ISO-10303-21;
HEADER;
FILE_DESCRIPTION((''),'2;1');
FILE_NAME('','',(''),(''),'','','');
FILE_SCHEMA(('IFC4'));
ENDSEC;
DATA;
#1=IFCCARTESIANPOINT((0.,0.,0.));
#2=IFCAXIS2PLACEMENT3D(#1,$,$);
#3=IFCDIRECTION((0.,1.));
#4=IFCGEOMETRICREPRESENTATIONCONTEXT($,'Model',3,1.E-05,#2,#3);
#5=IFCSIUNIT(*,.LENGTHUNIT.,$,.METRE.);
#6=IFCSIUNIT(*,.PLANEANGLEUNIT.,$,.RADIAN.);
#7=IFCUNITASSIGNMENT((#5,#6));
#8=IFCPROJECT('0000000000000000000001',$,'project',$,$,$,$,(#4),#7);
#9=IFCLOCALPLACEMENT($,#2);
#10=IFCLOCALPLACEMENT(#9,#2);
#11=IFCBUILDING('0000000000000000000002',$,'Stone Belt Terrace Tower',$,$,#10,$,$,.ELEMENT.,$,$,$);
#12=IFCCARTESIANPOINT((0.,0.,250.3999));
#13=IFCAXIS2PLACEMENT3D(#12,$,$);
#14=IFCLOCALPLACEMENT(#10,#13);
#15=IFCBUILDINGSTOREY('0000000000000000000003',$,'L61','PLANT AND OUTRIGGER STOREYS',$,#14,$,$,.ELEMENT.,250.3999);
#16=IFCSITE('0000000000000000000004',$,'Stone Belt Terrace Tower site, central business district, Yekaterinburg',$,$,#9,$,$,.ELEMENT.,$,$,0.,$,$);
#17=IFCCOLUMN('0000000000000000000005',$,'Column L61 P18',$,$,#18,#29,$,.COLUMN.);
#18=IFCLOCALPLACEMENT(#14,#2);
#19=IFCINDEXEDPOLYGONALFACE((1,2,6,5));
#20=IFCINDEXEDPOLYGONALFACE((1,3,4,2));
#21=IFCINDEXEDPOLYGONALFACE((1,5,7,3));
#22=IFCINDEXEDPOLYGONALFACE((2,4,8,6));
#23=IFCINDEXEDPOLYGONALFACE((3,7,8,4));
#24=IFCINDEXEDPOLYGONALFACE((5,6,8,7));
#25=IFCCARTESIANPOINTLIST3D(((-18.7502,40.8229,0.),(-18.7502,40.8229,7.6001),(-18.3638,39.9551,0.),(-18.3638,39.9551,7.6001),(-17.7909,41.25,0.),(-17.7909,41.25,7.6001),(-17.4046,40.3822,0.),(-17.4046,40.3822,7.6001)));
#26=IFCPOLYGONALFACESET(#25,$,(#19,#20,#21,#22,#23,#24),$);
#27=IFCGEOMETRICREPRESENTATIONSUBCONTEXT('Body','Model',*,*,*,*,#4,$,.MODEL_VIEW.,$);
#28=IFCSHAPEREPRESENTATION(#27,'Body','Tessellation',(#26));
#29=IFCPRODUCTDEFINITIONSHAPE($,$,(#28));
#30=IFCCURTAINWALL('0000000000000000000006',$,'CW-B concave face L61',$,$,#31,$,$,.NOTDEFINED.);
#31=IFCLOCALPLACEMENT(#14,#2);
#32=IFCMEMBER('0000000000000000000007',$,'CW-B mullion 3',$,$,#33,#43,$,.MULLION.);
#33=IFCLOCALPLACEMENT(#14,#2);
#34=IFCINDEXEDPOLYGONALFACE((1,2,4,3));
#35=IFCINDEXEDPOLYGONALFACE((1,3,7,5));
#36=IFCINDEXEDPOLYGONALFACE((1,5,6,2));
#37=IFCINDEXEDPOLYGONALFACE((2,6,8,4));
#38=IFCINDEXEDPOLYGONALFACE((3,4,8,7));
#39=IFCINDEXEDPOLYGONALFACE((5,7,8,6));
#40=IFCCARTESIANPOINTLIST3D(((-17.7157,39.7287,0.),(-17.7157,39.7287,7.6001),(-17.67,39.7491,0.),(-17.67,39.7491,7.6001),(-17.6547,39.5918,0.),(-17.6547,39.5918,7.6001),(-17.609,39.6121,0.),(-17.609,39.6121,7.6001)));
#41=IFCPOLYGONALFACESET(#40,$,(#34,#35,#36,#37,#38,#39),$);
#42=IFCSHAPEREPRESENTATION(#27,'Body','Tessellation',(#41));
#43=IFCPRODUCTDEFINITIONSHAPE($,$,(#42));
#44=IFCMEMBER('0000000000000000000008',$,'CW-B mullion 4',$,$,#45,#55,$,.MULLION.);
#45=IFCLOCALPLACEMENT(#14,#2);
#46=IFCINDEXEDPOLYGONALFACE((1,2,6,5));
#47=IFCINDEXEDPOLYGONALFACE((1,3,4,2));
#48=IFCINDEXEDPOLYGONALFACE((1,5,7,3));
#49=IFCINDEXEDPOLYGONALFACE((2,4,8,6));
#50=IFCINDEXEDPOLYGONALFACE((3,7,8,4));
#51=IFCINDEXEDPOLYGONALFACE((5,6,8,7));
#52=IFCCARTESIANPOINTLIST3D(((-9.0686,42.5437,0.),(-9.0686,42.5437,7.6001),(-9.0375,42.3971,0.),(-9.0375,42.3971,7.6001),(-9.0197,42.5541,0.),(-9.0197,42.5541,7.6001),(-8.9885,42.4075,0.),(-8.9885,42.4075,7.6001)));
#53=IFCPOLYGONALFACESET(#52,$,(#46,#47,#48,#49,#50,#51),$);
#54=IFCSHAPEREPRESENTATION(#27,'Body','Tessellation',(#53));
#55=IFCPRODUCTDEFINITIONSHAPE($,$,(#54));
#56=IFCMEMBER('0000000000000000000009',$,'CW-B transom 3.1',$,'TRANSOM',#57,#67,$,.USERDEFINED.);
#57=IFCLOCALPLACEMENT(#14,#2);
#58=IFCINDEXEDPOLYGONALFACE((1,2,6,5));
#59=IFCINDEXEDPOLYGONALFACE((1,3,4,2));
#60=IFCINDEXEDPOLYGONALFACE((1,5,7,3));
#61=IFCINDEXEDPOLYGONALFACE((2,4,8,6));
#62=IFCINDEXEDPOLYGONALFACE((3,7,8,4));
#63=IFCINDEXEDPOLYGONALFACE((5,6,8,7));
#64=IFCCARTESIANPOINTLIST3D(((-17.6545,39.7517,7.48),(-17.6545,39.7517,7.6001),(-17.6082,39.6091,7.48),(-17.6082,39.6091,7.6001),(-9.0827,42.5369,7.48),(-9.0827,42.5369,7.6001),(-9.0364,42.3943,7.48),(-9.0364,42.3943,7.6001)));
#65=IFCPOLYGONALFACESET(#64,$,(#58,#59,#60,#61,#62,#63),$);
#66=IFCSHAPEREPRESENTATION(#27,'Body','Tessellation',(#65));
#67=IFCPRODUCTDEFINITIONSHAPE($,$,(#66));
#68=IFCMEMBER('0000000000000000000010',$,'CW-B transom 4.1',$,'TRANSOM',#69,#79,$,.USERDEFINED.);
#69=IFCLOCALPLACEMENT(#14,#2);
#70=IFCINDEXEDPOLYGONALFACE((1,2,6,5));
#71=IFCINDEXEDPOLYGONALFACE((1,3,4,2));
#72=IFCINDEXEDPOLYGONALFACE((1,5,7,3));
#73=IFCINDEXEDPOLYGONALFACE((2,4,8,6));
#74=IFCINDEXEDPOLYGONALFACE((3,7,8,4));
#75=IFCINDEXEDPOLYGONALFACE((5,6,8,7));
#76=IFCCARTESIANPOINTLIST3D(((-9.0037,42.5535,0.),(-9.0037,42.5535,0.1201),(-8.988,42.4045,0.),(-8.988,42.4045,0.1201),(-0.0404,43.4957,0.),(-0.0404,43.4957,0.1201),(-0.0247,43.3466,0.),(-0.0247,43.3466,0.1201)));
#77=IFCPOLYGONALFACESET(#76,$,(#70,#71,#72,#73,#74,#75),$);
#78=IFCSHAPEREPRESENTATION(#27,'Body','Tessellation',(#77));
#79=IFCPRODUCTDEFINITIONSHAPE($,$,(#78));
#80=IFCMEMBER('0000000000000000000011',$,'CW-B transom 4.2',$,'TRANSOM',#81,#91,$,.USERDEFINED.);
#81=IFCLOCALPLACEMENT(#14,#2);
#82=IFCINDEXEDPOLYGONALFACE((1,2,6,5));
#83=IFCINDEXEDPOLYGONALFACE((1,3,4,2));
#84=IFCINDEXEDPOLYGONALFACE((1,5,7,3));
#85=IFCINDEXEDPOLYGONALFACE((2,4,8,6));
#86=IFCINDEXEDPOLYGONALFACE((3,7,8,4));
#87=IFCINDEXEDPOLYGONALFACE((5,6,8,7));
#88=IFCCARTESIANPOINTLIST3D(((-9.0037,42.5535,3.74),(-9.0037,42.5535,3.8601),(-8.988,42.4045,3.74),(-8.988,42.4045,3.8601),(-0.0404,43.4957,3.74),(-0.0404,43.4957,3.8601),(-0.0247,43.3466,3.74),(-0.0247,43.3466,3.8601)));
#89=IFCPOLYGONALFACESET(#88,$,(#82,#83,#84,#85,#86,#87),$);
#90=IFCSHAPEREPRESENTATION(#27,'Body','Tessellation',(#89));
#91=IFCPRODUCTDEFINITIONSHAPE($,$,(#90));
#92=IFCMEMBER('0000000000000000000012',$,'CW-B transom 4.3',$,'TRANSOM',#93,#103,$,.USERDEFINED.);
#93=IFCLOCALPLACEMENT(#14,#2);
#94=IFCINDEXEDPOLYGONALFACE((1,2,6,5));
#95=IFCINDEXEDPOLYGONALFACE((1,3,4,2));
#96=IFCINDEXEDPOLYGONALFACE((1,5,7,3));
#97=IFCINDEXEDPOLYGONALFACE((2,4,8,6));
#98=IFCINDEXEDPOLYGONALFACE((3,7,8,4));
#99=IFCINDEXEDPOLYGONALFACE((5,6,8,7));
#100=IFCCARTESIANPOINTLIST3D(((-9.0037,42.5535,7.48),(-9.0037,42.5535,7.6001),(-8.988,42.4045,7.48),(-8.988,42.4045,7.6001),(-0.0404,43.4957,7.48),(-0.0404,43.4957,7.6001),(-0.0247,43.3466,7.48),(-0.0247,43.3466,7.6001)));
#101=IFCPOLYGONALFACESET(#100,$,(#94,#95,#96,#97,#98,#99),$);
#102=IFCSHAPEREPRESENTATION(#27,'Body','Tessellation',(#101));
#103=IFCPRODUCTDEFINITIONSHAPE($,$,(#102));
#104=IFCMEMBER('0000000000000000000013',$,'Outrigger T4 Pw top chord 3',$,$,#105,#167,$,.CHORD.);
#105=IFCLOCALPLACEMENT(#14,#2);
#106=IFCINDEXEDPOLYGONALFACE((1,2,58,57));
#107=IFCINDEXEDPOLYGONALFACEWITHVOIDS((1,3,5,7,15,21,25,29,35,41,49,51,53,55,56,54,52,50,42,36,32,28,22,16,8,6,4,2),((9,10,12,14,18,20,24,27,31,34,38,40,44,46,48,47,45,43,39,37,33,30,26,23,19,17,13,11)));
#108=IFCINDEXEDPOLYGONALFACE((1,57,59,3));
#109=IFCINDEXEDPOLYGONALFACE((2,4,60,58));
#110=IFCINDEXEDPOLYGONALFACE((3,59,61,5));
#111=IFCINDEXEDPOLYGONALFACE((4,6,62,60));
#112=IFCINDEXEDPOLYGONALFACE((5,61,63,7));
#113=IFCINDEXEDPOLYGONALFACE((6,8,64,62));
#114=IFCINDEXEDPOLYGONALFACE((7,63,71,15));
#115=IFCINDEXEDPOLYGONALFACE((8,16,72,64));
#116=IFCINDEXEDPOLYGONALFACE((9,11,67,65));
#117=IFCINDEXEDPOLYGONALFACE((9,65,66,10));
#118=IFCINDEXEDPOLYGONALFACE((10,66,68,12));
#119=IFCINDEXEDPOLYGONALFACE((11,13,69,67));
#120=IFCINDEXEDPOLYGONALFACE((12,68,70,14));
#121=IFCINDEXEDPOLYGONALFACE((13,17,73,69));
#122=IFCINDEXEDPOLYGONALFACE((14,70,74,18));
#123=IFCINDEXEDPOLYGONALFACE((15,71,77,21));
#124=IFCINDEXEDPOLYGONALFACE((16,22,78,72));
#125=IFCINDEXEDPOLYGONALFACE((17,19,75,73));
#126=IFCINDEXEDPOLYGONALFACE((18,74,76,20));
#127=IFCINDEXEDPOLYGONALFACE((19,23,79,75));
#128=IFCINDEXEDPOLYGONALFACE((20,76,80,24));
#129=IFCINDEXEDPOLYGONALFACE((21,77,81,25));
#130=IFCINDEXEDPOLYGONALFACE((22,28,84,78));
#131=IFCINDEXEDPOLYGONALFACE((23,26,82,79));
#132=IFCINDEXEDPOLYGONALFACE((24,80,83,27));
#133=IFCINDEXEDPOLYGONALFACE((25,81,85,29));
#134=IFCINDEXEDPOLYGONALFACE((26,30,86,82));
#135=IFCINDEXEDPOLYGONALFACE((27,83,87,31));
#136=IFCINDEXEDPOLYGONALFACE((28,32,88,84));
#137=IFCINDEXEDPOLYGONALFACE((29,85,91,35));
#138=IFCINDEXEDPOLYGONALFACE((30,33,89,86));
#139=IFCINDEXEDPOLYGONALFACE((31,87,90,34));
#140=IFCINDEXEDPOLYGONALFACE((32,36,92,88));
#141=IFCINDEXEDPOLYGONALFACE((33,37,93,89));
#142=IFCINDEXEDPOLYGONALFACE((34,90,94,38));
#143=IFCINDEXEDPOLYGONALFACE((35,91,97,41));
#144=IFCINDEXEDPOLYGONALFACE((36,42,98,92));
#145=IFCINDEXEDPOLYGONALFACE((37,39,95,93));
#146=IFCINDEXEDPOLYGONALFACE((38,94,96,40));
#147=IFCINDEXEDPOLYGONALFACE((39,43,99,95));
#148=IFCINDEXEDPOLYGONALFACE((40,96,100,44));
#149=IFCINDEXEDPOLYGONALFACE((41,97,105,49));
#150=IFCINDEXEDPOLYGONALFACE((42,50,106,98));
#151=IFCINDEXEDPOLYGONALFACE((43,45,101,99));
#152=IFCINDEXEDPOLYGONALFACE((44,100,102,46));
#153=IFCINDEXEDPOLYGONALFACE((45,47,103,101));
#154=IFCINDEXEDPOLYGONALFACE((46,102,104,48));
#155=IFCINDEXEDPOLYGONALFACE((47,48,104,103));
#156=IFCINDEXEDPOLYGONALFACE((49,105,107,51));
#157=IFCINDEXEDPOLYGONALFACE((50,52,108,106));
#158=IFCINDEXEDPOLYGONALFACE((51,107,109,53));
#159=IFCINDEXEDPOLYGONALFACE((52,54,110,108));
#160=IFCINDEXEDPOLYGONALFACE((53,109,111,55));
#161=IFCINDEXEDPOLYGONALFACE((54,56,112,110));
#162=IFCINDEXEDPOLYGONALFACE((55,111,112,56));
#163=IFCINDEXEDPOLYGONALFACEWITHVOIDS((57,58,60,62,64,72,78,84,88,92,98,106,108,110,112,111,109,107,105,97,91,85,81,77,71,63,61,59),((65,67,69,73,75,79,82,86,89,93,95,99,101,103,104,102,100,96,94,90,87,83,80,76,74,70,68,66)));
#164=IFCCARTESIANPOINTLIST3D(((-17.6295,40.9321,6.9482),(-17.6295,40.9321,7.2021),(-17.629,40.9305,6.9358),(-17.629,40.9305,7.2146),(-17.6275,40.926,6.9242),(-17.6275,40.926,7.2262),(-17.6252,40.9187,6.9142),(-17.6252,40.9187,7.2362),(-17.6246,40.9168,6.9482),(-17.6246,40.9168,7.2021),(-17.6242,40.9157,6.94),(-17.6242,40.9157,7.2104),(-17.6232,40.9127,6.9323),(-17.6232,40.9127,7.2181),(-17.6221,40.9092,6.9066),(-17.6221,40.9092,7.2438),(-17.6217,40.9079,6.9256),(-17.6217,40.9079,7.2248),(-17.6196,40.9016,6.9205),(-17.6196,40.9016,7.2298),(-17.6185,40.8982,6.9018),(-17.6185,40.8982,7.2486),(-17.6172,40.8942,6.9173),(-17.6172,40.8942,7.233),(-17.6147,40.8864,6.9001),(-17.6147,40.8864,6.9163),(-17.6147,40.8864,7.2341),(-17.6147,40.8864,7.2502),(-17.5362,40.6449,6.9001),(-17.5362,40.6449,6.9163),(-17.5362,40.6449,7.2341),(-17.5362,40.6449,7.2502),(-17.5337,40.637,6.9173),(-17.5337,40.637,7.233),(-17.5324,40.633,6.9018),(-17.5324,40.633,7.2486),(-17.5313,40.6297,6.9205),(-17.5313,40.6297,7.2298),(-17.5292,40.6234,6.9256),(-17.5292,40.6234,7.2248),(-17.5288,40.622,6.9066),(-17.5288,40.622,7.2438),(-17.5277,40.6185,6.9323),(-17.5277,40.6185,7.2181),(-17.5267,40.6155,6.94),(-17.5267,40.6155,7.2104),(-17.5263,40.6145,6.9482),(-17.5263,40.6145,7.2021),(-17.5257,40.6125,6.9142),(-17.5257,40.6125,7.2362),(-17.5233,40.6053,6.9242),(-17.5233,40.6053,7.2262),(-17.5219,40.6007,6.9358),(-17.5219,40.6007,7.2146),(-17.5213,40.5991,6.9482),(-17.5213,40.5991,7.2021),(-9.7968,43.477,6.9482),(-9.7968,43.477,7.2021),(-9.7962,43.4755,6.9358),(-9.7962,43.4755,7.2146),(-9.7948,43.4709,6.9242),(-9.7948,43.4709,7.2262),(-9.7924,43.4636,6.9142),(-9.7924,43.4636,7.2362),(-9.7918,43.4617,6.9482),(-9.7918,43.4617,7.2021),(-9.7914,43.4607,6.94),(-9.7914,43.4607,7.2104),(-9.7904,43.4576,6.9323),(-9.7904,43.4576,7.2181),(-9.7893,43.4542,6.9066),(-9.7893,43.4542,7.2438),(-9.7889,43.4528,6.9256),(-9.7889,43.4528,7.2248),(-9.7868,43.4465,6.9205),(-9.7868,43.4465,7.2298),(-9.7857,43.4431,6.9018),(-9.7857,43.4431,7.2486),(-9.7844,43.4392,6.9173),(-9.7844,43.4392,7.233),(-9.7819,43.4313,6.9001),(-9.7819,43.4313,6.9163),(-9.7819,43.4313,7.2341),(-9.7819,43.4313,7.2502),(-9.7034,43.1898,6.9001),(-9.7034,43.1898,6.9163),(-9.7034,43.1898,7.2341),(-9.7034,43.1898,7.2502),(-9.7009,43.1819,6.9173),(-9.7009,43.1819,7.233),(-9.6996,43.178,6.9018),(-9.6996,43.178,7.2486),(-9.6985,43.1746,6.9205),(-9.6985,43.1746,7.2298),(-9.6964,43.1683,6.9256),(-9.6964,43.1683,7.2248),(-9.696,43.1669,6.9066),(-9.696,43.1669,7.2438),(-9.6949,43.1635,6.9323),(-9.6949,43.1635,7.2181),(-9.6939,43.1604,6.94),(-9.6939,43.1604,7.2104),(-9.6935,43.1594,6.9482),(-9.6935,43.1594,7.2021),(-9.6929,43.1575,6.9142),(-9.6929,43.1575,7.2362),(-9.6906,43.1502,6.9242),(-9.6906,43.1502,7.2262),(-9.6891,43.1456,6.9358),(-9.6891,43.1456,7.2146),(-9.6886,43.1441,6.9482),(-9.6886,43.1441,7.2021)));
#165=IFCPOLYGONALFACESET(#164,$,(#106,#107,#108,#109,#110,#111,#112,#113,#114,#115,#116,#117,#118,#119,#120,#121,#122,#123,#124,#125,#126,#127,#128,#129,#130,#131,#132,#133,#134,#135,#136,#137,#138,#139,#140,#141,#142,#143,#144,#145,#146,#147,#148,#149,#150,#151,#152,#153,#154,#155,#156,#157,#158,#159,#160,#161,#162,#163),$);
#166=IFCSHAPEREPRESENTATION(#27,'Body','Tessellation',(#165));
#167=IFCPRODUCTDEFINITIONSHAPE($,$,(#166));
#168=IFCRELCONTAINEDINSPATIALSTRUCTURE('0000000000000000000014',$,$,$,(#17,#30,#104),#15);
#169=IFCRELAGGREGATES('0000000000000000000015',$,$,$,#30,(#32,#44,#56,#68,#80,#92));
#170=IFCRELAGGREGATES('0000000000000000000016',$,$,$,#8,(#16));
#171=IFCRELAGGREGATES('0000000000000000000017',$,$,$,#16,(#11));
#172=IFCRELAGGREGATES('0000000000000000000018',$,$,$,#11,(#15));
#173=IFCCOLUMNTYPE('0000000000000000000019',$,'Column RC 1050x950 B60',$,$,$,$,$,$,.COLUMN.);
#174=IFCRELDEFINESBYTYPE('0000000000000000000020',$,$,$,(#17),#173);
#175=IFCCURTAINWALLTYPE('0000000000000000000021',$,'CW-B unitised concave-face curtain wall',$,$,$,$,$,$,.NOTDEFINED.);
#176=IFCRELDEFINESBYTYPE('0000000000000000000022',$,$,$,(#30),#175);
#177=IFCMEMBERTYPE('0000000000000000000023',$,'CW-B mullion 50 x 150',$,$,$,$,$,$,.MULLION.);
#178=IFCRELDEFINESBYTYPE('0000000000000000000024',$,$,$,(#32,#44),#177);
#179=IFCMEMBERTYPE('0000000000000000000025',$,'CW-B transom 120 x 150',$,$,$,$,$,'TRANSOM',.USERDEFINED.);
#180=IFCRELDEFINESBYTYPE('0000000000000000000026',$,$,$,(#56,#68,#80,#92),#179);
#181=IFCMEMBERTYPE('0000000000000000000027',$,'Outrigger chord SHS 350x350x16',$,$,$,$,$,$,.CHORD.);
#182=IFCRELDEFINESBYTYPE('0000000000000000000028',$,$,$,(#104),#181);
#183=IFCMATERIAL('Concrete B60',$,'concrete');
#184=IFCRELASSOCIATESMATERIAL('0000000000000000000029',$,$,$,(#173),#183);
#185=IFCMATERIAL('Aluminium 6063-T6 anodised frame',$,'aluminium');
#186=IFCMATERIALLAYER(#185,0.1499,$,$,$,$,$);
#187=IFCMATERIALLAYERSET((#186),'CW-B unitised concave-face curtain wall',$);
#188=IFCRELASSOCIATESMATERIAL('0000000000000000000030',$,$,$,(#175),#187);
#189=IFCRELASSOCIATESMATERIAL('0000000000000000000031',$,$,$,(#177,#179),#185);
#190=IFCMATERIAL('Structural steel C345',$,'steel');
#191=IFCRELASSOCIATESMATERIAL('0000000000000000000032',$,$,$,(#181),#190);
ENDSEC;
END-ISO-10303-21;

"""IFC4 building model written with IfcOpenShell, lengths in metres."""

from ifc_helpers import new_model, si_unit, direction, frame, origin, origin_2d, place, context, subcontext, project, spatial, rectangle, hollow_rectangle, extrude, material, layer, layer_set, material_profile, profile_set, type_object, element, aggregate, save


model = new_model("IFC4")

# Units and contexts
model_context = context("Model", 3, precision=1e-05, world=origin(), true_north=direction((0.0, 1.0)))
body_context = subcontext(model_context, "Body", "Model", "MODEL_VIEW")
ifc_project = project(units=[si_unit("LENGTHUNIT", "METRE"), si_unit("PLANEANGLEUNIT", "RADIAN")], contexts=[model_context])

# Site, building, storey
site_placement = place(None, origin())
site = spatial("IfcSite", under=ifc_project, at=site_placement, Name="Stone Belt Terrace Tower site, central business district, Yekaterinburg", CompositionType="ELEMENT", RefElevation=0.0)
building_placement = place(site_placement, origin())
building = spatial("IfcBuilding", under=site, at=building_placement, Name="Stone Belt Terrace Tower", CompositionType="ELEMENT")
storey_placement = place(building_placement, frame((0.0, 0.0, 250.3999)))
storey = spatial("IfcBuildingStorey", under=building, at=storey_placement, Name="L61", Description="PLANT AND OUTRIGGER STOREYS", CompositionType="ELEMENT", Elevation=250.3999)

# Column
ifc_material_1 = material(Name="Concrete B60", Category="concrete")
ifc_material_profile_1 = material_profile(ifc_material_1, rectangle(XDim=1.05, YDim=0.95, at=origin_2d()), Name="RC 1050x950")
ifc_profile_set_1 = profile_set([ifc_material_profile_1], Name="Concrete B60")
column_type = type_object("IfcColumnType", Name="Column RC 1050x950 B60", PredefinedType="COLUMN", material=ifc_profile_set_1)
column_placement = place(storey_placement, frame((-18.0774, 40.6025, 0.0), z_axis=(0.0, 0.0, 1.0), x_axis=(0.913545, 0.406737, 0.0)))
element("IfcColumn", 1, at=column_placement, inside=storey, type_object=column_type, Name="Column L61 P18", PredefinedType="COLUMN", context=body_context, shape_type="SweptSolid", body=[
    extrude(rectangle(XDim=1.05, YDim=0.95, at=origin_2d()), origin(), (0.0, 0.0, 1.0), 7.6001),
])

# Curtain wall, members
ifc_material_2 = material(Name="Aluminium 6063-T6 anodised frame", Category="aluminium")
ifc_layer_1 = layer(ifc_material_2, 0.1499)
ifc_layer_set_1 = layer_set([ifc_layer_1], Name="CW-B unitised concave-face curtain wall")
curtain_wall_type = type_object("IfcCurtainWallType", Name="CW-B unitised concave-face curtain wall", PredefinedType="NOTDEFINED", material=ifc_layer_set_1)
curtain_wall_placement = place(storey_placement, origin())
curtain_wall = element("IfcCurtainWall", 2, at=curtain_wall_placement, inside=storey, type_object=curtain_wall_type, Name="CW-B concave face L61", PredefinedType="NOTDEFINED")
ifc_material_profile_2 = material_profile(ifc_material_2, rectangle(XDim=0.1499, YDim=0.05, at=origin_2d()), Name="Aluminium 6063-T6 50x150")
ifc_profile_set_2 = profile_set([ifc_material_profile_2], Name="Aluminium 6063-T6 anodised frame")
member_type_1 = type_object("IfcMemberType", Name="CW-B mullion 50 x 150", PredefinedType="MULLION", material=ifc_profile_set_2)
member_1_placement = place(storey_placement, frame((-17.6624, 39.6704, 0.0), z_axis=(0.0, 0.0, 1.0), x_axis=(-0.406737, 0.913545, 0.0)))
member_1 = element("IfcMember", 3, at=member_1_placement, type_object=member_type_1, Name="CW-B mullion 3", PredefinedType="MULLION", context=body_context, shape_type="SweptSolid", body=[
    extrude(rectangle(XDim=0.1499, YDim=0.05, at=origin_2d()), origin(), (0.0, 0.0, 1.0), 7.6001),
])
member_2_placement = place(storey_placement, frame((-9.0286, 42.4756, 0.0), z_axis=(0.0, 0.0, 1.0), x_axis=(-0.207912, 0.978148, 0.0)))
member_2 = element("IfcMember", 4, at=member_2_placement, type_object=member_type_1, Name="CW-B mullion 4", PredefinedType="MULLION", context=body_context, shape_type="SweptSolid", body=[
    extrude(rectangle(XDim=0.1499, YDim=0.05, at=origin_2d()), origin(), (0.0, 0.0, 1.0), 7.6001),
])
ifc_material_profile_3 = material_profile(ifc_material_2, rectangle(XDim=0.1499, YDim=0.1201, at=origin_2d()), Name="Aluminium 6063-T6 150x120")
ifc_profile_set_3 = profile_set([ifc_material_profile_3], Name="Aluminium 6063-T6 anodised frame")
member_type_2 = type_object("IfcMemberType", Name="CW-B transom 120 x 150", ElementType="TRANSOM", PredefinedType="USERDEFINED", material=ifc_profile_set_3)
member_3_placement = place(storey_placement, frame((-17.6313, 39.6804, 7.54), z_axis=(0.951056, 0.309019, 0.0), x_axis=(-0.309019, 0.951056, 0.0)))
member_3 = element("IfcMember", 5, at=member_3_placement, type_object=member_type_2, Name="CW-B transom 3.1", ObjectType="TRANSOM", PredefinedType="USERDEFINED", context=body_context, shape_type="SweptSolid", body=[
    extrude(rectangle(XDim=0.1499, YDim=0.1201, at=origin_2d()), origin(), (0.0, 0.0, 1.0), 9.0129),
])
member_4_placement = place(storey_placement, frame((-8.9958, 42.479, 0.0601), z_axis=(0.994521, 0.104534, 0.0), x_axis=(-0.104534, 0.994521, 0.0)))
member_4 = element("IfcMember", 6, at=member_4_placement, type_object=member_type_2, Name="CW-B transom 4.1", ObjectType="TRANSOM", PredefinedType="USERDEFINED", context=body_context, shape_type="SweptSolid", body=[
    extrude(rectangle(XDim=0.1499, YDim=0.1201, at=origin_2d()), origin(), (0.0, 0.0, 1.0), 9.0127),
])
member_5_placement = place(storey_placement, frame((-8.9958, 42.479, 3.8), z_axis=(0.994521, 0.104534, 0.0), x_axis=(-0.104534, 0.994521, 0.0)))
member_5 = element("IfcMember", 7, at=member_5_placement, type_object=member_type_2, Name="CW-B transom 4.2", ObjectType="TRANSOM", PredefinedType="USERDEFINED", context=body_context, shape_type="SweptSolid", body=[
    extrude(rectangle(XDim=0.1499, YDim=0.1201, at=origin_2d()), origin(), (0.0, 0.0, 1.0), 9.0127),
])
member_6_placement = place(storey_placement, frame((-8.9958, 42.479, 7.54), z_axis=(0.994521, 0.104534, 0.0), x_axis=(-0.104534, 0.994521, 0.0)))
member_6 = element("IfcMember", 8, at=member_6_placement, type_object=member_type_2, Name="CW-B transom 4.3", ObjectType="TRANSOM", PredefinedType="USERDEFINED", context=body_context, shape_type="SweptSolid", body=[
    extrude(rectangle(XDim=0.1499, YDim=0.1201, at=origin_2d()), origin(), (0.0, 0.0, 1.0), 9.0127),
])

# Member
ifc_material_3 = material(Name="Structural steel C345", Category="steel")
ifc_material_profile_4 = material_profile(ifc_material_3, hollow_rectangle(XDim=0.3501, YDim=0.3501, WallThickness=0.0161, InnerFilletRadius=0.032, OuterFilletRadius=0.0481, at=origin_2d()), Name="SHS 350x350x16")
ifc_profile_set_4 = profile_set([ifc_material_profile_4], Name="Structural steel C345")
member_type_3 = type_object("IfcMemberType", Name="Outrigger chord SHS 350x350x16", PredefinedType="CHORD", material=ifc_profile_set_4)
for number, where, z_axis, x_axis, name in (
    (9, (-17.5754, 40.7656, 7.0752), (0.95106, 0.309006, 0.0), (-0.309006, 0.95106, 0.0), "Outrigger T4 Pw top chord 3"),
):
    element("IfcMember", number, at=place(storey_placement, frame(where, z_axis=z_axis, x_axis=x_axis)), inside=storey, type_object=member_type_3, Name=name, PredefinedType="CHORD", context=body_context, shape_type="SweptSolid", body=[
        extrude(hollow_rectangle(XDim=0.3501, YDim=0.3501, WallThickness=0.0161, InnerFilletRadius=0.032, OuterFilletRadius=0.0481, at=origin_2d()), origin(), (0.0, 0.0, 1.0), 8.2358),
    ])

aggregate(curtain_wall, [member_1, member_2, member_3, member_4, member_5, member_6])

save(model, "model.ifc")
